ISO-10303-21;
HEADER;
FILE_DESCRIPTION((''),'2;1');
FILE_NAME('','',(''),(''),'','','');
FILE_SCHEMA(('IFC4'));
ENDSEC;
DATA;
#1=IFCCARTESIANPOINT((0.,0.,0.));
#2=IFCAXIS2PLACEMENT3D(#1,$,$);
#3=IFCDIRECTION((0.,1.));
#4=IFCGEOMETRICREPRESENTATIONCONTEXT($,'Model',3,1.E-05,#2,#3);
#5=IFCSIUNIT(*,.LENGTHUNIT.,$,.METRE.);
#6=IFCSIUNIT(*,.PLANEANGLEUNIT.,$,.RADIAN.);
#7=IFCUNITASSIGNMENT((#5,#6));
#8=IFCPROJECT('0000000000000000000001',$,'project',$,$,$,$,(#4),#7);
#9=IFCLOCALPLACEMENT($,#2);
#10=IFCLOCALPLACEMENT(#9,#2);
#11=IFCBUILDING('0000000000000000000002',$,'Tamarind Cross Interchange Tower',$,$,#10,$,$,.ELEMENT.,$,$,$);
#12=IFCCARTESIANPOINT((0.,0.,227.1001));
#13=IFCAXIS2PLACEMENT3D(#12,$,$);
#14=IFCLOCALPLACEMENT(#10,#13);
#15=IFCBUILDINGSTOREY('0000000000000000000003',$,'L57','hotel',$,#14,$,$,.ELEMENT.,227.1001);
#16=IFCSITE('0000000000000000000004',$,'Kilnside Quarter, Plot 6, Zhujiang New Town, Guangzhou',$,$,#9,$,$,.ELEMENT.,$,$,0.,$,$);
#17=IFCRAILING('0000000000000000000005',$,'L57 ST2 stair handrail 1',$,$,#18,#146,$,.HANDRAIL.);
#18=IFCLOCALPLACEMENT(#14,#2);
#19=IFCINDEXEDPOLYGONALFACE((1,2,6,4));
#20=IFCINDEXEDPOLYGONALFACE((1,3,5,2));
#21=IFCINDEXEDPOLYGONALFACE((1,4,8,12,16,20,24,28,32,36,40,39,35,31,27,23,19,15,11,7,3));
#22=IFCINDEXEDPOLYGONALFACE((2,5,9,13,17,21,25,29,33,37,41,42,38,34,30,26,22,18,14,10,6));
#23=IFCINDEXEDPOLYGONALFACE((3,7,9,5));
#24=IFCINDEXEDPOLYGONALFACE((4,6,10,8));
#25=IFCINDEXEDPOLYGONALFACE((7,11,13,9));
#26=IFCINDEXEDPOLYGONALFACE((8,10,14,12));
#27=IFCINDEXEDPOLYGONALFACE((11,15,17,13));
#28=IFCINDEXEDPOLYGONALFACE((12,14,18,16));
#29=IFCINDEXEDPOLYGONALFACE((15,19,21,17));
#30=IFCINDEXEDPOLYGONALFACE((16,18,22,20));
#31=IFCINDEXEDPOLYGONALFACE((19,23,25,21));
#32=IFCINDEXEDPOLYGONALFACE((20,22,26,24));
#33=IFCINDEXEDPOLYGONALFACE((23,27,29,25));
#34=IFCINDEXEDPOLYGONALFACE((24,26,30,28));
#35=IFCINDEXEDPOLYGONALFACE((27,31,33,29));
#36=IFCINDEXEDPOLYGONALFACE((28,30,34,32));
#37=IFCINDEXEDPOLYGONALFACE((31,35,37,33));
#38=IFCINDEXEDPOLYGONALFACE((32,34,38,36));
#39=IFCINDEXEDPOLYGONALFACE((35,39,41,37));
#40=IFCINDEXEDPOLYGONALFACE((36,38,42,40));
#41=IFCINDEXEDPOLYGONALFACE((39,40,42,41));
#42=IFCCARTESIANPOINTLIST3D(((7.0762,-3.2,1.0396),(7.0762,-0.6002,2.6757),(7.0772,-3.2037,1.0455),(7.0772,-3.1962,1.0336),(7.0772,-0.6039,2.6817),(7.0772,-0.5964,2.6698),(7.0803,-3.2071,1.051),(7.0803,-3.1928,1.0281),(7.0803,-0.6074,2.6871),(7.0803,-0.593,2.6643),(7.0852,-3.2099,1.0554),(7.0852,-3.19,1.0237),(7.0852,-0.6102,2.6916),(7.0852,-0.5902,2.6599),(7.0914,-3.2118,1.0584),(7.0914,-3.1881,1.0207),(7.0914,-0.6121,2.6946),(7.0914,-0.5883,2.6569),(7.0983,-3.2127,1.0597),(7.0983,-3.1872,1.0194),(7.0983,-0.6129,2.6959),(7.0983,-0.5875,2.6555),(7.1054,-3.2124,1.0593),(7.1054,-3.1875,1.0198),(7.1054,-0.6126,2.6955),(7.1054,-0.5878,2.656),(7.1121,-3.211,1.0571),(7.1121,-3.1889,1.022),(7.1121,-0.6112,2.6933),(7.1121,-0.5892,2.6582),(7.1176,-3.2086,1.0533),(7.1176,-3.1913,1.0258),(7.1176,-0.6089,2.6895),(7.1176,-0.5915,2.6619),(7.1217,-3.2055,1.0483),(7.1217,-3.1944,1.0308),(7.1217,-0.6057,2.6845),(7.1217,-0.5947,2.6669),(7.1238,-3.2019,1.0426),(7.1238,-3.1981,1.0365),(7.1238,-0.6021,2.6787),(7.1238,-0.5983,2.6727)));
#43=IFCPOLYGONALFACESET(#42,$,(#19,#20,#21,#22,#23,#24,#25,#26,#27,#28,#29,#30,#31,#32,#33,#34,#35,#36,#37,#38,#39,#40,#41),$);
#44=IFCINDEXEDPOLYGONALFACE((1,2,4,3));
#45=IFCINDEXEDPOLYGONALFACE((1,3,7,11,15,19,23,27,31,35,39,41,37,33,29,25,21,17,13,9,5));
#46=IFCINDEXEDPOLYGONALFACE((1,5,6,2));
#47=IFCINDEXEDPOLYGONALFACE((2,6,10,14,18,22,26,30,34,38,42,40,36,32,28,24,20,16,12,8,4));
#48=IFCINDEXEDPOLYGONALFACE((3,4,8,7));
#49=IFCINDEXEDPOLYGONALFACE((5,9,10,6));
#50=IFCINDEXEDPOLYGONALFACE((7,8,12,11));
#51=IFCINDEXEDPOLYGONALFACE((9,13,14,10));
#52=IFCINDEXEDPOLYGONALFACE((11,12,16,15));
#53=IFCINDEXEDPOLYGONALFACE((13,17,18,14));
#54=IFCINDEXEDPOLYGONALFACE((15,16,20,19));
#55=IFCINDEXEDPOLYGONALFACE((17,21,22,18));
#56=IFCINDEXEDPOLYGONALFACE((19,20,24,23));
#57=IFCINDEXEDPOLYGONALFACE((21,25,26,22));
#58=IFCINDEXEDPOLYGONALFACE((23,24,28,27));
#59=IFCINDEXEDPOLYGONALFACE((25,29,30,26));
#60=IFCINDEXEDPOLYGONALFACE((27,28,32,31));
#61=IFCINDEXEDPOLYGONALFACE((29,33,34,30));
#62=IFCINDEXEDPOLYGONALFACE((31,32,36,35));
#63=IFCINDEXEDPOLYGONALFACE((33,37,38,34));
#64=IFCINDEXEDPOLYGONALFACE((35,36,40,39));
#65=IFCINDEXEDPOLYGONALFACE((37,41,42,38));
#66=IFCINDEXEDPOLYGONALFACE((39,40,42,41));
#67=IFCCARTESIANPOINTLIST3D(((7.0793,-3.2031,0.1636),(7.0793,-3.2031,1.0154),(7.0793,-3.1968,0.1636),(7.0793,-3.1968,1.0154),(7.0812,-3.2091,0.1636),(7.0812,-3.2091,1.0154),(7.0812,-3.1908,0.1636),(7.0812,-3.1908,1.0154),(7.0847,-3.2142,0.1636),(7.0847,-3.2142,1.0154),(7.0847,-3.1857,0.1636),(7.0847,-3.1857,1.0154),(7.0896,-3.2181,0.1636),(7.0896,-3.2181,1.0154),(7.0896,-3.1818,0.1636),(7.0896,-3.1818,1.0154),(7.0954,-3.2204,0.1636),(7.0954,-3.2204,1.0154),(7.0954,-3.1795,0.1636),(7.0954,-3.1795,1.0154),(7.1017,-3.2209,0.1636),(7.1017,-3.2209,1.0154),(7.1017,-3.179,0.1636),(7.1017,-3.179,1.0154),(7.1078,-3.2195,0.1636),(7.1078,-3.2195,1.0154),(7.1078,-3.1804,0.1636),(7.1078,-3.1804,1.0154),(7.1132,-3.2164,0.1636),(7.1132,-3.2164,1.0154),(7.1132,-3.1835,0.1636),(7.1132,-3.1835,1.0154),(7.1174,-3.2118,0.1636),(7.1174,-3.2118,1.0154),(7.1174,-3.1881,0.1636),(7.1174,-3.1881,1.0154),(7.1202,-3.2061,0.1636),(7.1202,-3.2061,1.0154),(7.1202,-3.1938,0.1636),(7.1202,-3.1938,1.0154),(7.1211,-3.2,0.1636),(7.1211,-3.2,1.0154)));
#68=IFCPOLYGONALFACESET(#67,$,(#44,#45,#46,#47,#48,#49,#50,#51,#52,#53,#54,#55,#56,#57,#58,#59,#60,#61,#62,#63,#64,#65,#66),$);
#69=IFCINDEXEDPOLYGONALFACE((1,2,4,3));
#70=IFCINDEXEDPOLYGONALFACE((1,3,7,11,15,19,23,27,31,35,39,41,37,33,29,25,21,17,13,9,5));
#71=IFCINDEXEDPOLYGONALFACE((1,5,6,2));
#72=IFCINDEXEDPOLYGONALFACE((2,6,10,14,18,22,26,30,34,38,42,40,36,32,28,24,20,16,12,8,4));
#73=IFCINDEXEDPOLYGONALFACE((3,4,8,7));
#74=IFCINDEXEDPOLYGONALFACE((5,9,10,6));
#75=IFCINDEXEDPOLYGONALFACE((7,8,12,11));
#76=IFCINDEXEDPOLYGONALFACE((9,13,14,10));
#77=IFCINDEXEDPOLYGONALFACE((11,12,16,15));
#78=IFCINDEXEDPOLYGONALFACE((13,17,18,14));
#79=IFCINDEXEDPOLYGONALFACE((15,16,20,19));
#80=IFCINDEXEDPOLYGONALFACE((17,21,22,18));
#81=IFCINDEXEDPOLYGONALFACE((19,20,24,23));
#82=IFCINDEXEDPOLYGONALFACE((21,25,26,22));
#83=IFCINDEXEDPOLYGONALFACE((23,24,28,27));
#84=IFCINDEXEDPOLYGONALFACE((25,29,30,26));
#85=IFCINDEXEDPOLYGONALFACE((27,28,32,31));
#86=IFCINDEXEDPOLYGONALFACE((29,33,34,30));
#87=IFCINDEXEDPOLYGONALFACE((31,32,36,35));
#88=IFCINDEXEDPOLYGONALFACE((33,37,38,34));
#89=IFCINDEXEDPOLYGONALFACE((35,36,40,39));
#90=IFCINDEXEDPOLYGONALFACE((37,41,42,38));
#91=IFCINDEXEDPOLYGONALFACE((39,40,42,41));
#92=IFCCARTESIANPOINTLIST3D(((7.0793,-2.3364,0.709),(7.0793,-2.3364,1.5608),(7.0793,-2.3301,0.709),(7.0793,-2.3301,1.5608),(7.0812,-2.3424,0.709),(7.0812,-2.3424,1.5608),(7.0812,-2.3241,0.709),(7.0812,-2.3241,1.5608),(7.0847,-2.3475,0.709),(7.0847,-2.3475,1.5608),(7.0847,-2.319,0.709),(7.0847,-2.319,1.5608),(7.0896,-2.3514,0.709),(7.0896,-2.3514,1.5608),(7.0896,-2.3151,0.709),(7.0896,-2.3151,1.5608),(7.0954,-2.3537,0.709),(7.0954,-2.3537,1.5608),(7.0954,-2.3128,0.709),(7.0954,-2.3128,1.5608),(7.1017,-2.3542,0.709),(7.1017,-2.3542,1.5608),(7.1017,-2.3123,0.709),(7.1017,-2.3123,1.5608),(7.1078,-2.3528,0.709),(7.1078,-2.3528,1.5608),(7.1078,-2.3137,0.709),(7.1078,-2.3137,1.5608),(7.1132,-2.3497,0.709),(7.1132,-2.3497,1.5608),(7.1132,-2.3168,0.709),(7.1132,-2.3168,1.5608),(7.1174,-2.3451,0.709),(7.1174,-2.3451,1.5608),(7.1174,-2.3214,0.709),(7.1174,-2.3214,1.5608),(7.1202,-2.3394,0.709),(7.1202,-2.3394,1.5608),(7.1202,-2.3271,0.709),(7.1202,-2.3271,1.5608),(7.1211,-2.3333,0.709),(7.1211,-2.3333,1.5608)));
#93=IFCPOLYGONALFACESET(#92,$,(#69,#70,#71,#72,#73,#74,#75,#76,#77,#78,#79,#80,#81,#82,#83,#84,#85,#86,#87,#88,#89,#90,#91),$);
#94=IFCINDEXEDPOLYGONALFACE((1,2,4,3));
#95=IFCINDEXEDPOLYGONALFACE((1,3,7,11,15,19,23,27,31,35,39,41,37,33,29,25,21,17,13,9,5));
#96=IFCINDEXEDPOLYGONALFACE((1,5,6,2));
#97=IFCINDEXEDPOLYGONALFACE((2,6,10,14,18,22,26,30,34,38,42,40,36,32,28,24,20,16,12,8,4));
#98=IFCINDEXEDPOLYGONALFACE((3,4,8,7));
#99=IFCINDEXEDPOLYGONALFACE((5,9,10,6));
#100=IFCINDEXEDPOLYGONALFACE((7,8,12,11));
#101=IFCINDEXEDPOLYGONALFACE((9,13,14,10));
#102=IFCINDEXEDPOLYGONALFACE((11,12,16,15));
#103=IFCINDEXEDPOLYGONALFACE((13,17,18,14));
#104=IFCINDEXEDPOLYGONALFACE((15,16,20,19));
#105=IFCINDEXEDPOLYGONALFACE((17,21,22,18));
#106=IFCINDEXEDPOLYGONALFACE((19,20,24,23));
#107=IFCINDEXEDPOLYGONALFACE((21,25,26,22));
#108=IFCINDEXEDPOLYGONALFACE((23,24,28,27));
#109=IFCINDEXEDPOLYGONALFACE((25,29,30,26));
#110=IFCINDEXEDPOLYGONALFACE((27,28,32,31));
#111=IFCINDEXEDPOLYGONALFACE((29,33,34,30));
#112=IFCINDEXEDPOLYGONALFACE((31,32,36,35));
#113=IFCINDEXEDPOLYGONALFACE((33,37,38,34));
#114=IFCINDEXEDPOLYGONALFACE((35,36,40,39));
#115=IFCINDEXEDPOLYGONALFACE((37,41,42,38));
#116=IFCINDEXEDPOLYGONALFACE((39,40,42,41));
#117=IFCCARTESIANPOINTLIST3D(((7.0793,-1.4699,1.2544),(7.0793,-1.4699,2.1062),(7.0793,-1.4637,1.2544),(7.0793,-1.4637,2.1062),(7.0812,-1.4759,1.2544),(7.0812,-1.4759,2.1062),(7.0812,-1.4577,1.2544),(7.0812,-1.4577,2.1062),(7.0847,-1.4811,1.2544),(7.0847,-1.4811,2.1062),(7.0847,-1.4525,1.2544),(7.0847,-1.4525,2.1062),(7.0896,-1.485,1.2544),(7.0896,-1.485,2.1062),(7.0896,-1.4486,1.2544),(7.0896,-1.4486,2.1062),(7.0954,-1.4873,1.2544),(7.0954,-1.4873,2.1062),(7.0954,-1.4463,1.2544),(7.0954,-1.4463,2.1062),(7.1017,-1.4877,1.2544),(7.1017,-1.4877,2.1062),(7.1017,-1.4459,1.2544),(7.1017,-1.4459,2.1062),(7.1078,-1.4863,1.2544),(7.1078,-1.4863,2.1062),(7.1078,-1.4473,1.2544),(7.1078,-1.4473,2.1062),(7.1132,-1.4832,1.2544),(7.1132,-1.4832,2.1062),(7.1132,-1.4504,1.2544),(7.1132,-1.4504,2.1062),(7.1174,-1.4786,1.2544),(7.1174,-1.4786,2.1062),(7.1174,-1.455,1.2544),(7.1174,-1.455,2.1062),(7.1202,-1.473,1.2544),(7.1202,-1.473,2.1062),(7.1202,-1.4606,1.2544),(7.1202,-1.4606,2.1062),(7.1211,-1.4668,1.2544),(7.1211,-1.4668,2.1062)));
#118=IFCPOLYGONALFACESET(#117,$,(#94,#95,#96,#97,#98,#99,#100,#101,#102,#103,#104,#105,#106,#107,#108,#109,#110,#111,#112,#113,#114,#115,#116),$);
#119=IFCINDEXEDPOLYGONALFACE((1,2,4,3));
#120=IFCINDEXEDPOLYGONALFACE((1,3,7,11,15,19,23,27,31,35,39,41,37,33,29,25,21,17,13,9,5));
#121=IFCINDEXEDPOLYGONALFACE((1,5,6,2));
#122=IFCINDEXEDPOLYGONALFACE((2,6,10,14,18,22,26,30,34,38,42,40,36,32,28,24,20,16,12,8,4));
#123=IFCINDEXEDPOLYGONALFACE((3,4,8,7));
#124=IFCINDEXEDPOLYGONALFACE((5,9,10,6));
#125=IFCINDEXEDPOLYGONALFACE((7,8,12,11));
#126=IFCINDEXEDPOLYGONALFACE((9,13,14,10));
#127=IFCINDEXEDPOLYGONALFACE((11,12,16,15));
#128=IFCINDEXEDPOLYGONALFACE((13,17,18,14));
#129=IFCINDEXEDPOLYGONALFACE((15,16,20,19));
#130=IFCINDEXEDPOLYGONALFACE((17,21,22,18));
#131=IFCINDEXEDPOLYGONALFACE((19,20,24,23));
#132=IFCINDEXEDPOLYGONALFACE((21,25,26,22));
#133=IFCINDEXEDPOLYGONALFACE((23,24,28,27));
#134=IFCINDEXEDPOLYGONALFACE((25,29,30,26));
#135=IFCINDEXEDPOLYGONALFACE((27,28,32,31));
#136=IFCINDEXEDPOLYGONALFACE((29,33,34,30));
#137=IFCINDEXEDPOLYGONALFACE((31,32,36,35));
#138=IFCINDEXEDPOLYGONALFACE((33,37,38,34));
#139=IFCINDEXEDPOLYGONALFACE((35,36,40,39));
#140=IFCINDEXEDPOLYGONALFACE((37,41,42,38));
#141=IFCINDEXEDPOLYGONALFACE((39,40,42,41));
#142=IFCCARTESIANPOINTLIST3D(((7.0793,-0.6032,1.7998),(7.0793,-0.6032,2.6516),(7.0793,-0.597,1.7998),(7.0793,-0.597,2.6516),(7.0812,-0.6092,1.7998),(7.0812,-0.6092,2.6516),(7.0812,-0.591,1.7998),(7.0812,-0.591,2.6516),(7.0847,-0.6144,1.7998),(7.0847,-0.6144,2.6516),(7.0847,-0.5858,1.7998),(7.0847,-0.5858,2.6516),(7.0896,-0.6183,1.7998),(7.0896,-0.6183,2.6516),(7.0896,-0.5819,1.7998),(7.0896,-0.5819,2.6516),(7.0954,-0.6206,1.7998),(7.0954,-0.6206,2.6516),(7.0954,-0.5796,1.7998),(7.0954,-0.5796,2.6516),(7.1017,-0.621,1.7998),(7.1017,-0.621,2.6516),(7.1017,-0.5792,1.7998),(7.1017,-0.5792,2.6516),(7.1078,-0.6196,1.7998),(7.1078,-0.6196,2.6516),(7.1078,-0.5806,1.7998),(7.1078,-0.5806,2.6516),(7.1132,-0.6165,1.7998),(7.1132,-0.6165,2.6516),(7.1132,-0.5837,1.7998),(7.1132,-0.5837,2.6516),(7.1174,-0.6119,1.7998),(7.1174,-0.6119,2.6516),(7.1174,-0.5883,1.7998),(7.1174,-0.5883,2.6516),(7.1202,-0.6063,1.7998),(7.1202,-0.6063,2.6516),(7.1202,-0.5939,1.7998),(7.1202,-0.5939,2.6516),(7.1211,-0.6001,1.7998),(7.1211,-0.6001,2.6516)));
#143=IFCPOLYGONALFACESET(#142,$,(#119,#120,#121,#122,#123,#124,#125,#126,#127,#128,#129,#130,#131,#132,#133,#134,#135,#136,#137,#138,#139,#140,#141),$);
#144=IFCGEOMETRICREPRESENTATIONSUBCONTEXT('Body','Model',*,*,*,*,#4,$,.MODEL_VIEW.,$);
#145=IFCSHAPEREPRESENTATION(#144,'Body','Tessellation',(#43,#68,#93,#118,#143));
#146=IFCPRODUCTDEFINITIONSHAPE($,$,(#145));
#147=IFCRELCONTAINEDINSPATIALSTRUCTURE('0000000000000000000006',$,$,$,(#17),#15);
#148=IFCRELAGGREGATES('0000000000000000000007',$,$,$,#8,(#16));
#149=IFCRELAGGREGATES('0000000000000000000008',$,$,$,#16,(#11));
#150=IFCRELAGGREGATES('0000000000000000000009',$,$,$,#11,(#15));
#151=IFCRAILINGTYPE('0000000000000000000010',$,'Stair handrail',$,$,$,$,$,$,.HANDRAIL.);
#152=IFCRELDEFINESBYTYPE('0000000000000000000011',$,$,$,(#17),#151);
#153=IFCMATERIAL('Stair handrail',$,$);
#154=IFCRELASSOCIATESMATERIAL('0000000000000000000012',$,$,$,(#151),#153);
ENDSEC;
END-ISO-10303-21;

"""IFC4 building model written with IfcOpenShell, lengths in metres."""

from ifc_helpers import new_model, si_unit, direction, frame, origin, origin_2d, place, context, subcontext, project, spatial, circle, extrude, material, type_object, element, save


model = new_model("IFC4")

# Units and contexts
model_context = context("Model", 3, precision=1e-05, world=origin(), true_north=direction((0.0, 1.0)))
body_context = subcontext(model_context, "Body", "Model", "MODEL_VIEW")
ifc_project = project(units=[si_unit("LENGTHUNIT", "METRE"), si_unit("PLANEANGLEUNIT", "RADIAN")], contexts=[model_context])

# Site, building, storey
site_placement = place(None, origin())
site = spatial("IfcSite", under=ifc_project, at=site_placement, Name="Kilnside Quarter, Plot 6, Zhujiang New Town, Guangzhou", CompositionType="ELEMENT", RefElevation=0.0)
building_placement = place(site_placement, origin())
building = spatial("IfcBuilding", under=site, at=building_placement, Name="Tamarind Cross Interchange Tower", CompositionType="ELEMENT")
storey_placement = place(building_placement, frame((0.0, 0.0, 227.1001)))
storey = spatial("IfcBuildingStorey", under=building, at=storey_placement, Name="L57", Description="hotel", CompositionType="ELEMENT", Elevation=227.1001)

# Railing
ifc_material_1 = material(Name="Stair handrail")
railing_type_1 = type_object("IfcRailingType", Name="Stair handrail", PredefinedType="HANDRAIL", material=ifc_material_1)
railing_1_placement = place(storey_placement, frame((7.1001, -3.2, 0.1636)))
element("IfcRailing", 1, at=railing_1_placement, inside=storey, type_object=railing_type_1, Name="L57 ST2 stair handrail 1", PredefinedType="HANDRAIL", context=body_context, shape_type="SweptSolid", body=[
    extrude(circle(Radius=0.0239, at=origin_2d()), frame((0.0, 0.0, 0.876), z_axis=(0.0, 0.846338, 0.532647), x_axis=(-1.0, 0.0, 0.0)), (0.0, 0.0, 1.0), 3.0718),
    extrude(circle(Radius=0.021, at=origin_2d()), origin(), (0.0, 0.0, 1.0), 0.8518),
    extrude(circle(Radius=0.021, at=origin_2d()), frame((0.0, 0.8667, 0.5454)), (0.0, 0.0, 1.0), 0.8518),
    extrude(circle(Radius=0.021, at=origin_2d()), frame((0.0, 1.7332, 1.0908)), (0.0, 0.0, 1.0), 0.8518),
    extrude(circle(Radius=0.021, at=origin_2d()), frame((0.0, 2.5999, 1.6362)), (0.0, 0.0, 1.0), 0.8518),
])

save(model, "model.ifc")
